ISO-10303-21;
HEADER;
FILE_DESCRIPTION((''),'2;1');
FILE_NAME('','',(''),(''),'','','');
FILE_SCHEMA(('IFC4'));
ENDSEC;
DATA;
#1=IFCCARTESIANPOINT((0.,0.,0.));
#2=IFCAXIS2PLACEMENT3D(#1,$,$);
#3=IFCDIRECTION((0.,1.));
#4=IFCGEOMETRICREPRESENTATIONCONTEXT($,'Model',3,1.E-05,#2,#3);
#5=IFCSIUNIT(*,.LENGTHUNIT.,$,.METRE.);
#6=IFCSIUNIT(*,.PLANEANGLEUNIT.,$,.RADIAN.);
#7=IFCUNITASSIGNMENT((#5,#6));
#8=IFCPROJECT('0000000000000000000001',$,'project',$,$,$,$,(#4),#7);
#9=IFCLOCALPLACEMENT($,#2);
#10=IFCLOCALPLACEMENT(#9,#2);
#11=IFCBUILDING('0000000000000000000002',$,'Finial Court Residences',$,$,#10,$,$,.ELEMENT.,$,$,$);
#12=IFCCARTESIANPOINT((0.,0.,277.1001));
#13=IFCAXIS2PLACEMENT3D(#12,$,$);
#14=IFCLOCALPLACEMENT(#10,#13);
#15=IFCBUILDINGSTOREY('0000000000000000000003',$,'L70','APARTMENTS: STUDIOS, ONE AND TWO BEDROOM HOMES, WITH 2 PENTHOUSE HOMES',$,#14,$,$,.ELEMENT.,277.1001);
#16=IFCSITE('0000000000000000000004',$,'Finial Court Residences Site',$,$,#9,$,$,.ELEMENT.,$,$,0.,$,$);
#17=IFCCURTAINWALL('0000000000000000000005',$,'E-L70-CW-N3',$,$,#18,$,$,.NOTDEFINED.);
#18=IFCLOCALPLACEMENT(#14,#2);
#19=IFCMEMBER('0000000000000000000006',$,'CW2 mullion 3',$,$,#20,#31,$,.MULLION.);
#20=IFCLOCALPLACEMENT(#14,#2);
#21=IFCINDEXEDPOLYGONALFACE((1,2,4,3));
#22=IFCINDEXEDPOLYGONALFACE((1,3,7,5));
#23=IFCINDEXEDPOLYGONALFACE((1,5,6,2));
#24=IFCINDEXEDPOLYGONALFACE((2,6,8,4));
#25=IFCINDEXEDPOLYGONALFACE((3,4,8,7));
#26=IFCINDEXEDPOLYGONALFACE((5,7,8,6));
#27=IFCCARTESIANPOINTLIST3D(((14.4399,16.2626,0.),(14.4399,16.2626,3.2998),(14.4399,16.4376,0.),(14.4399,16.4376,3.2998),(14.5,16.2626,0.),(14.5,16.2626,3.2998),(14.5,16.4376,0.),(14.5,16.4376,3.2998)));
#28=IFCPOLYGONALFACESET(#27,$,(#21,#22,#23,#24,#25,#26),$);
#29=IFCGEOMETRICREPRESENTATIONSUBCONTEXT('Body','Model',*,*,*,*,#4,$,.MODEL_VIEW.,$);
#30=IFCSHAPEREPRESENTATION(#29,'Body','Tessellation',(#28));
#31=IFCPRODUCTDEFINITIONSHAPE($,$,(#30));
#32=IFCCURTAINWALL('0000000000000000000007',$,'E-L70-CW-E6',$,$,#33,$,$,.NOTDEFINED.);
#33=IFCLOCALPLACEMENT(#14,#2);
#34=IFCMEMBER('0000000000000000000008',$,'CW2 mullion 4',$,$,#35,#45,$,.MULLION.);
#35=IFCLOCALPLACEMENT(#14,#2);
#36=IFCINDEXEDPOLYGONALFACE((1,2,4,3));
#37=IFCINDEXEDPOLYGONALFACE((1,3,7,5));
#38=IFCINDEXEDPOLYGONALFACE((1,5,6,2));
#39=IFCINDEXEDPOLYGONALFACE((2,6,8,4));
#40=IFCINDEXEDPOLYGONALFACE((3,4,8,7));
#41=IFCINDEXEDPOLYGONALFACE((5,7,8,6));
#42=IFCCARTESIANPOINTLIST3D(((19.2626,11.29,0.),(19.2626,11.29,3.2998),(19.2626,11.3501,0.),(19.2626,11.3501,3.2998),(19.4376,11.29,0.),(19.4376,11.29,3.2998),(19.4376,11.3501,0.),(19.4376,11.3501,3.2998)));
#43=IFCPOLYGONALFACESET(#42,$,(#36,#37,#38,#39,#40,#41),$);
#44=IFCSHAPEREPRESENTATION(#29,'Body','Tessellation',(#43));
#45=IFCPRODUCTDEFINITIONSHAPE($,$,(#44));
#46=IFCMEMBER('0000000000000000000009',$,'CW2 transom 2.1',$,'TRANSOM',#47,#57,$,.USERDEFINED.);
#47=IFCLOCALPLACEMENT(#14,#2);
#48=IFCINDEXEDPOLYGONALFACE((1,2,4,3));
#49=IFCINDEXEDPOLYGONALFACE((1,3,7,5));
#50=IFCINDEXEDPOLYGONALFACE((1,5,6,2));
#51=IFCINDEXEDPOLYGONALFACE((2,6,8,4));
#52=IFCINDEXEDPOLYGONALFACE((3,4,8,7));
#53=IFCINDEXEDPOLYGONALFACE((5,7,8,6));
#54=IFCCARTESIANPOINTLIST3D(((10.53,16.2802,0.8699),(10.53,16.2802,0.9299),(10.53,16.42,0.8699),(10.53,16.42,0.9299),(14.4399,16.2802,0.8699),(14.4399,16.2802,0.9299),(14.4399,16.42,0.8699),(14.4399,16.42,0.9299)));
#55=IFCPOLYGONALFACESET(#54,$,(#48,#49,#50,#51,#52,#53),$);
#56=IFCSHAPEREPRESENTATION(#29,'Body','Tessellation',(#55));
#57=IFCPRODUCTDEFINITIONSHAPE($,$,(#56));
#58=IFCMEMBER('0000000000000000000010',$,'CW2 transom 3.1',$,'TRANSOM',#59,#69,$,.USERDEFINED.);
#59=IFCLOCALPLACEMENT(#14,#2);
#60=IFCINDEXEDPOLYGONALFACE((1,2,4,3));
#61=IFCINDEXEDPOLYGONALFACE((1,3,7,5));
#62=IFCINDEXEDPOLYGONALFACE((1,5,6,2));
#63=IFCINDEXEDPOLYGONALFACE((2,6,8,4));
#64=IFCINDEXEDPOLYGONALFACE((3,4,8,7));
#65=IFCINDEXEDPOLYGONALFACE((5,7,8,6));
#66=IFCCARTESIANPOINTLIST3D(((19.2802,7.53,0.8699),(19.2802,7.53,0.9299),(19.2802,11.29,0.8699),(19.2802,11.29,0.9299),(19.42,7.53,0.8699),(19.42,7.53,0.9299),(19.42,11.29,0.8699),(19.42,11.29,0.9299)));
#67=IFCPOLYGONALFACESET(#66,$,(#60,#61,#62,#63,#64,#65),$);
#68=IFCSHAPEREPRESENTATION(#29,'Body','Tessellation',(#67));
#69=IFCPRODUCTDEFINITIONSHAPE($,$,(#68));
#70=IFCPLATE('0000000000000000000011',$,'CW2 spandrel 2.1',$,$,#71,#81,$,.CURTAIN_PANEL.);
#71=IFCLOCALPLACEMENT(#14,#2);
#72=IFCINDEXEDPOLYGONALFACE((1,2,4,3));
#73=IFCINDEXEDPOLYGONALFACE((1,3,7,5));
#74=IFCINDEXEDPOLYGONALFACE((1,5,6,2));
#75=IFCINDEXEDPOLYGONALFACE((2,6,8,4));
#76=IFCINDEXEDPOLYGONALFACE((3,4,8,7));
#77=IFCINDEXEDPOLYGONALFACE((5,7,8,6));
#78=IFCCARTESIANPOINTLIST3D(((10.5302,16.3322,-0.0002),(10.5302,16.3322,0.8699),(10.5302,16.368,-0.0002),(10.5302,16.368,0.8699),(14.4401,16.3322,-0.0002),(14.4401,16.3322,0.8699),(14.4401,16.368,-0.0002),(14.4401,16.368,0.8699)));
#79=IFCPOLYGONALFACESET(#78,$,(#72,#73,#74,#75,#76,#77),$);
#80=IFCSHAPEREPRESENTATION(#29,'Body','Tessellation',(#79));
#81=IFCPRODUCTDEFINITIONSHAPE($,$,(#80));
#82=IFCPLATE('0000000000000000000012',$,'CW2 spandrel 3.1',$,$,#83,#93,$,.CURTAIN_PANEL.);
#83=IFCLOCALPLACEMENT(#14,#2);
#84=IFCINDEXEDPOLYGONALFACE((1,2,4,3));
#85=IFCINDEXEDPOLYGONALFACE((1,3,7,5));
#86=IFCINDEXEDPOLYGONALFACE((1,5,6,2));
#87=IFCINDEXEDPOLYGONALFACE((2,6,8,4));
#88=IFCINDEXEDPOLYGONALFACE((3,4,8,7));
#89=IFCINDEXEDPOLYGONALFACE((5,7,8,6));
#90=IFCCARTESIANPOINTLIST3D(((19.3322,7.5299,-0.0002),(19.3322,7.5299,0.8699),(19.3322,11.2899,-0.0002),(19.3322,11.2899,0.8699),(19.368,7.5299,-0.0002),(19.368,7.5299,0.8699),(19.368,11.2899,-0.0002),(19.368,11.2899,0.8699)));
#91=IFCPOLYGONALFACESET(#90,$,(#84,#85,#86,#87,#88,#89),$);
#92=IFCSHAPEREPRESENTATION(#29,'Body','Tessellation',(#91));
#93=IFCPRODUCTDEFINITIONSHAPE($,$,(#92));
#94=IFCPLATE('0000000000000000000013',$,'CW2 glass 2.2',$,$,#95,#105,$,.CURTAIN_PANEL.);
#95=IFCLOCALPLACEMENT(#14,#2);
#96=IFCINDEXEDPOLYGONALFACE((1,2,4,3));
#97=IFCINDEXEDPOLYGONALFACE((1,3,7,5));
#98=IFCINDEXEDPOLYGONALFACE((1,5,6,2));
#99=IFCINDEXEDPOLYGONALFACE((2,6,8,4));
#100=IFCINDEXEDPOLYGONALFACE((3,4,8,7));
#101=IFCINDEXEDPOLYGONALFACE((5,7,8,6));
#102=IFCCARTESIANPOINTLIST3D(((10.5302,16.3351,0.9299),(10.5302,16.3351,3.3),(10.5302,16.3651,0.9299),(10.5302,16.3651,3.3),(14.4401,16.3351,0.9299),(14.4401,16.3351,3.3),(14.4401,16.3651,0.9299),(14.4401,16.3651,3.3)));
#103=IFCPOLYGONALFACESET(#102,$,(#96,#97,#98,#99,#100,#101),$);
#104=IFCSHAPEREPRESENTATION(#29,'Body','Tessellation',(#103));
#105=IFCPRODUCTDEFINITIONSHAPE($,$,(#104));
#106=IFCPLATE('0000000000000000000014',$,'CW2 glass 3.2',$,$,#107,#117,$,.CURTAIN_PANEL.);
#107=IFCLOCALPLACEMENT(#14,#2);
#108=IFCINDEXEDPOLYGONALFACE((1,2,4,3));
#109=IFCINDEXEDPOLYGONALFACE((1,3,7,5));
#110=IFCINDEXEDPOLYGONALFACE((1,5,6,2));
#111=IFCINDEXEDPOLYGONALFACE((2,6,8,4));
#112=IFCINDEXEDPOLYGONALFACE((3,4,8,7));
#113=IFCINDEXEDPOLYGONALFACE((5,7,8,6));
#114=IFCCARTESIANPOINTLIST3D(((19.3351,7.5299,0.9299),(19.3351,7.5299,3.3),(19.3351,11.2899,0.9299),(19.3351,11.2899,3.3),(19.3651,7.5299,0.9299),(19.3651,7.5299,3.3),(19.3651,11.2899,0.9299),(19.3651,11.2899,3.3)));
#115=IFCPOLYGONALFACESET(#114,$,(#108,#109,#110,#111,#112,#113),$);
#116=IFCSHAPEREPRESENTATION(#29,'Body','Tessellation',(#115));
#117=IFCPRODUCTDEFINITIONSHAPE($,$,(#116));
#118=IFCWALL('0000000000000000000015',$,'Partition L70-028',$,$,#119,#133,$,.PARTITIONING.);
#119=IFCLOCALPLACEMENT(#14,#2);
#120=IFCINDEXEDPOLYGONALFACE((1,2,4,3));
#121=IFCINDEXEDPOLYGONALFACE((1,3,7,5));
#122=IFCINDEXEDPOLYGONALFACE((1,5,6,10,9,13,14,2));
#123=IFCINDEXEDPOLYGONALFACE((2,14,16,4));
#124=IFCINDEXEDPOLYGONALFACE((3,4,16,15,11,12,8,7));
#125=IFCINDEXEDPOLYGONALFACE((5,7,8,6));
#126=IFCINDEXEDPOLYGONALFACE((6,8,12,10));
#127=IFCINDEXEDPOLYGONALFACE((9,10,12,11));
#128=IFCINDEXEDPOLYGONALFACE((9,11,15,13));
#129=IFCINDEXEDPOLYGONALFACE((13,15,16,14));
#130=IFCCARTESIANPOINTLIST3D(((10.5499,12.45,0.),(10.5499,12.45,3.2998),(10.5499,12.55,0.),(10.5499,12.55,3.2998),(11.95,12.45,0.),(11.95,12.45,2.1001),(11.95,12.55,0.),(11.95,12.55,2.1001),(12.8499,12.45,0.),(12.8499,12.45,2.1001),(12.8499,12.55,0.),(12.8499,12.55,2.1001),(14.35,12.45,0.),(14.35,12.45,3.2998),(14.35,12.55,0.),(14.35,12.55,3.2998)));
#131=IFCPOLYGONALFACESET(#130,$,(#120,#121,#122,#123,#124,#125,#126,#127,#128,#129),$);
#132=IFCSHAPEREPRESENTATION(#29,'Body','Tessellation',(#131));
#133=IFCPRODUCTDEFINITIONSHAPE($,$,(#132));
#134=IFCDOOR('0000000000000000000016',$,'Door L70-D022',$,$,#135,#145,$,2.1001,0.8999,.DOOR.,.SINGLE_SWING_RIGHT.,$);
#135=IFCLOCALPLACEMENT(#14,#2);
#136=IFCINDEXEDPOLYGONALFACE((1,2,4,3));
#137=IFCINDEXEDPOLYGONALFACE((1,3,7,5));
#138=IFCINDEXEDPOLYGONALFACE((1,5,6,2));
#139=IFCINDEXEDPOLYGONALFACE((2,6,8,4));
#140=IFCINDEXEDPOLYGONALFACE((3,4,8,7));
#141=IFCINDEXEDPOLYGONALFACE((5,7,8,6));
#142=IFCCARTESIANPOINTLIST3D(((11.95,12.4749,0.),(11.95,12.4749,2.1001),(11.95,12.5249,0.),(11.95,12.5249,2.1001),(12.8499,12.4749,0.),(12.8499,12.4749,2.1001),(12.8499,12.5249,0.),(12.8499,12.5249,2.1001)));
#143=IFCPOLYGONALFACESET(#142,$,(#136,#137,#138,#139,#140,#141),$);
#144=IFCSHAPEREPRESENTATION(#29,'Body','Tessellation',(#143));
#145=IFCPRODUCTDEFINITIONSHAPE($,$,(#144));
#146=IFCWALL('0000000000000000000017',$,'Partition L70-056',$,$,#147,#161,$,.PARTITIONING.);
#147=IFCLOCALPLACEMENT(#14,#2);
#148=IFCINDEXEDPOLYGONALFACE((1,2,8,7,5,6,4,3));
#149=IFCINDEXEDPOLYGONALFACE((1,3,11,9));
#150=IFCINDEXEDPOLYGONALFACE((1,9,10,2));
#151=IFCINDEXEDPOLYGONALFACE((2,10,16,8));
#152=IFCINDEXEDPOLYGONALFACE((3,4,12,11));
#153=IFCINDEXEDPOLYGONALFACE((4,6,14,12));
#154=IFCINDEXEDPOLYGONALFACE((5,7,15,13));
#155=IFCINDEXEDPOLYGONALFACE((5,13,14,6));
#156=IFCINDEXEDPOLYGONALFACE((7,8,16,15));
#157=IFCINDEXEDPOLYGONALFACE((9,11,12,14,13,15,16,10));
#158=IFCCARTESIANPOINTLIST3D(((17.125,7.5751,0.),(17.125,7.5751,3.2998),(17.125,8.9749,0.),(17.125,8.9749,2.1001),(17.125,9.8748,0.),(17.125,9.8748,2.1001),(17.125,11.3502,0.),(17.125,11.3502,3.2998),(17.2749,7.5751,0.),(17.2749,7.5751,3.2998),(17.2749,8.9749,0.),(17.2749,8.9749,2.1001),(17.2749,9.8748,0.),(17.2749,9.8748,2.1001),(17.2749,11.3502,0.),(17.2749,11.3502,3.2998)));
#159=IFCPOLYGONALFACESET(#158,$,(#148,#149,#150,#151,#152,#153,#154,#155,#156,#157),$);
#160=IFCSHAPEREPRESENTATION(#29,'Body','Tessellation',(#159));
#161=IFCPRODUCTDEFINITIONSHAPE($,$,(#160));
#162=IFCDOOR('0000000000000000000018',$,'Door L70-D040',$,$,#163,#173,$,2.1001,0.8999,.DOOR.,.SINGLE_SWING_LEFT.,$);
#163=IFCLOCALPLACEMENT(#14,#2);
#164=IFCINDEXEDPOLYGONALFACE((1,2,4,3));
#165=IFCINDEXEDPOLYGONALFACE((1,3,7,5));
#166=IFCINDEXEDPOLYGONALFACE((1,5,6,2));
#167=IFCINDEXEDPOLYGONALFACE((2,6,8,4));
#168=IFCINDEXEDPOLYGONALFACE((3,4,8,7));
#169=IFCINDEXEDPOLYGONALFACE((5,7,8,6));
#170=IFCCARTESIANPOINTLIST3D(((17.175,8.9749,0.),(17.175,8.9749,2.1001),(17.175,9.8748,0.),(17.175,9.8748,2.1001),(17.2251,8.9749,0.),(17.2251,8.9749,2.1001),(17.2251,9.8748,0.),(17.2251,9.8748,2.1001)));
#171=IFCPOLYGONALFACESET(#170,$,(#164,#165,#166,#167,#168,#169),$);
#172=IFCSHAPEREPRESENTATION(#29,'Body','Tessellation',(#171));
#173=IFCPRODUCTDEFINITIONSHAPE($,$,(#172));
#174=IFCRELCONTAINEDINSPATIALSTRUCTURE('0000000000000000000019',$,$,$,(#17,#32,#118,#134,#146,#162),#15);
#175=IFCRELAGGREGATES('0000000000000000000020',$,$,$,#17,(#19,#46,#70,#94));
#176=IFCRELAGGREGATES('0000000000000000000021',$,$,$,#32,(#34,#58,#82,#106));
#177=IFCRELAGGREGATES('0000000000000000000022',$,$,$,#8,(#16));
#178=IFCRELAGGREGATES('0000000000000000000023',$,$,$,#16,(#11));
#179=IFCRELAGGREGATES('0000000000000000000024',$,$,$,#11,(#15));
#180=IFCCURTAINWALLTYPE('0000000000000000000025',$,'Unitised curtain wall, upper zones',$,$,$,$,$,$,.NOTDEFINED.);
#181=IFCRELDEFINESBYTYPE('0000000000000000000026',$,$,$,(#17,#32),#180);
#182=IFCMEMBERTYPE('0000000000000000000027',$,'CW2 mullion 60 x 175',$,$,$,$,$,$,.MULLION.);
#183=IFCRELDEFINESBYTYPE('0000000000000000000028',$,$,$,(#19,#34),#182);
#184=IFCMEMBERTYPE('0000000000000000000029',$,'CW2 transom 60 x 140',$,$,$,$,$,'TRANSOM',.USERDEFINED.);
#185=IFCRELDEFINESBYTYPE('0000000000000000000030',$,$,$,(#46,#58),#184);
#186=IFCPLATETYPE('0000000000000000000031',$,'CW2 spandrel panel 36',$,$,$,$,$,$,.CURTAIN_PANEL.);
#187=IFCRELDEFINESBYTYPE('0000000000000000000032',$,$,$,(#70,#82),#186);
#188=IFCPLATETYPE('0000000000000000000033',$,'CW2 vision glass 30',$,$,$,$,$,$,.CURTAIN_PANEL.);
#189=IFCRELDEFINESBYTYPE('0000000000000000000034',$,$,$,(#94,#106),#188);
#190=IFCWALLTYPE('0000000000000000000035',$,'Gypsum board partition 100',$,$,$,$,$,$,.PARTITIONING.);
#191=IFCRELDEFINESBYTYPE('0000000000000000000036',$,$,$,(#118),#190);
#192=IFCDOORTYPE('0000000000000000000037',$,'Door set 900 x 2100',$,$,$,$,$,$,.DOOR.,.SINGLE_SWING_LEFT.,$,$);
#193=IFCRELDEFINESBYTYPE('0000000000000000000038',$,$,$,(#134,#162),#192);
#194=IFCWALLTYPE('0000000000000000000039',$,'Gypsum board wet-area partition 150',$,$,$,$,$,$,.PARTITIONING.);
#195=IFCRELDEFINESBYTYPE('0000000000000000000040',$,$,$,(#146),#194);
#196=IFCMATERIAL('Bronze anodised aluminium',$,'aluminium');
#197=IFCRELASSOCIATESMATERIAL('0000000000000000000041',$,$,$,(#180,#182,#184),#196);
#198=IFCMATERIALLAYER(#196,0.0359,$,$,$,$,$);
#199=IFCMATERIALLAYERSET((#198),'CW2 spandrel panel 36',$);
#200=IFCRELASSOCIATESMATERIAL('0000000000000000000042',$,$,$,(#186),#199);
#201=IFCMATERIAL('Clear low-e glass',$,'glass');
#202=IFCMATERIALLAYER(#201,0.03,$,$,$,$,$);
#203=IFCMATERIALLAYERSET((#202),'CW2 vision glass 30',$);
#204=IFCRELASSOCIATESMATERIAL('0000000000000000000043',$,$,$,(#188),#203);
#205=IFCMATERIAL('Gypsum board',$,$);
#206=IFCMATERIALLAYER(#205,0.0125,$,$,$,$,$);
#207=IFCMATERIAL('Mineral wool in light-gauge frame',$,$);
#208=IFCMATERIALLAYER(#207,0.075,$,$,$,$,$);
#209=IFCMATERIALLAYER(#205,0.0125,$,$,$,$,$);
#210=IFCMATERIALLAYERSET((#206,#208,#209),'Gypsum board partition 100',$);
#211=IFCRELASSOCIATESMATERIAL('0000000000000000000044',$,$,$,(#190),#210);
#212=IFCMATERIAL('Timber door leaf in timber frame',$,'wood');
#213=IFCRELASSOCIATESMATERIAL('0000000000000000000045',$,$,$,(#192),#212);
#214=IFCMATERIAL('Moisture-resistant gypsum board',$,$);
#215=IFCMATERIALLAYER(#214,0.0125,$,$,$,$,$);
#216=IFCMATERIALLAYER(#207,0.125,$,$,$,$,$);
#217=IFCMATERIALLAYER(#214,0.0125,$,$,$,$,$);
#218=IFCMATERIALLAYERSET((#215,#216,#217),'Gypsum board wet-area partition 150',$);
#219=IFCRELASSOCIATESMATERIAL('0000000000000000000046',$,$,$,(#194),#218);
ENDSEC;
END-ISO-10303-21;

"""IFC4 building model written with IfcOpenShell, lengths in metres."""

from ifc_helpers import new_model, si_unit, direction, frame, frame_2d, origin, origin_2d, place, context, subcontext, project, spatial, rectangle, extrude, material, layer, layer_set, material_profile, profile_set, type_object, element, fill, aggregate, save


model = new_model("IFC4")

# Units and contexts
model_context = context("Model", 3, precision=1e-05, world=origin(), true_north=direction((0.0, 1.0)))
body_context = subcontext(model_context, "Body", "Model", "MODEL_VIEW")
ifc_project = project(units=[si_unit("LENGTHUNIT", "METRE"), si_unit("PLANEANGLEUNIT", "RADIAN")], contexts=[model_context])

# Site, building, storey
site_placement = place(None, origin())
site = spatial("IfcSite", under=ifc_project, at=site_placement, Name="Finial Court Residences Site", CompositionType="ELEMENT", RefElevation=0.0)
building_placement = place(site_placement, origin())
building = spatial("IfcBuilding", under=site, at=building_placement, Name="Finial Court Residences", CompositionType="ELEMENT")
storey_placement = place(building_placement, frame((0.0, 0.0, 277.1001)))
storey = spatial("IfcBuildingStorey", under=building, at=storey_placement, Name="L70", Description="APARTMENTS: STUDIOS, ONE AND TWO BEDROOM HOMES, WITH 2 PENTHOUSE HOMES", CompositionType="ELEMENT", Elevation=277.1001)

# Curtain walls, members
ifc_material_1 = material(Name="Bronze anodised aluminium", Category="aluminium")
curtain_wall_type = type_object("IfcCurtainWallType", Name="Unitised curtain wall, upper zones", PredefinedType="NOTDEFINED", material=ifc_material_1)
curtain_wall_1_placement = place(storey_placement, origin())
curtain_wall_1 = element("IfcCurtainWall", 1, at=curtain_wall_1_placement, inside=storey, type_object=curtain_wall_type, Name="E-L70-CW-N3", PredefinedType="NOTDEFINED")
ifc_material_profile_1 = material_profile(ifc_material_1, rectangle(XDim=0.175, YDim=0.0601, at=origin_2d()), Name="CW2 mullion 60 x 175")
ifc_profile_set_1 = profile_set([ifc_material_profile_1], Name="Bronze anodised aluminium")
member_type_1 = type_object("IfcMemberType", Name="CW2 mullion 60 x 175", PredefinedType="MULLION", material=ifc_profile_set_1)
member_1_placement = place(storey_placement, frame((14.47, 16.3501, 0.0), z_axis=(0.0, 0.0, 1.0), x_axis=(0.0, 1.0, 0.0)))
member_1 = element("IfcMember", 2, at=member_1_placement, type_object=member_type_1, Name="CW2 mullion 3", PredefinedType="MULLION", context=body_context, shape_type="SweptSolid", body=[
    extrude(rectangle(XDim=0.175, YDim=0.0601, at=origin_2d()), origin(), (0.0, 0.0, 1.0), 3.2998),
])
curtain_wall_2_placement = place(storey_placement, origin())
curtain_wall_2 = element("IfcCurtainWall", 3, at=curtain_wall_2_placement, inside=storey, type_object=curtain_wall_type, Name="E-L70-CW-E6", PredefinedType="NOTDEFINED")
member_2_placement = place(storey_placement, frame((19.3501, 11.3201, 0.0), z_axis=(0.0, 0.0, 1.0), x_axis=(-1.0, 0.0, 0.0)))
member_2 = element("IfcMember", 4, at=member_2_placement, type_object=member_type_1, Name="CW2 mullion 4", PredefinedType="MULLION", context=body_context, shape_type="SweptSolid", body=[
    extrude(rectangle(XDim=0.175, YDim=0.0601, at=origin_2d()), origin(), (0.0, 0.0, 1.0), 3.2998),
])

# Members
ifc_material_profile_2 = material_profile(ifc_material_1, rectangle(XDim=0.1399, YDim=0.0601, at=origin_2d()), Name="CW2 transom 60 x 140")
ifc_profile_set_2 = profile_set([ifc_material_profile_2], Name="Bronze anodised aluminium")
member_type_2 = type_object("IfcMemberType", Name="CW2 transom 60 x 140", ElementType="TRANSOM", PredefinedType="USERDEFINED", material=ifc_profile_set_2)
member_3_placement = place(storey_placement, frame((10.53, 16.3501, 0.8999), z_axis=(1.0, 0.0, 0.0), x_axis=(0.0, 1.0, 0.0)))
member_3 = element("IfcMember", 5, at=member_3_placement, type_object=member_type_2, Name="CW2 transom 2.1", ObjectType="TRANSOM", PredefinedType="USERDEFINED", context=body_context, shape_type="SweptSolid", body=[
    extrude(rectangle(XDim=0.1399, YDim=0.0601, at=origin_2d()), origin(), (0.0, 0.0, 1.0), 3.9099),
])
member_4_placement = place(storey_placement, frame((19.3501, 7.53, 0.8999), z_axis=(0.0, 1.0, 0.0), x_axis=(-1.0, 0.0, 0.0)))
member_4 = element("IfcMember", 6, at=member_4_placement, type_object=member_type_2, Name="CW2 transom 3.1", ObjectType="TRANSOM", PredefinedType="USERDEFINED", context=body_context, shape_type="SweptSolid", body=[
    extrude(rectangle(XDim=0.1399, YDim=0.0601, at=origin_2d()), origin(), (0.0, 0.0, 1.0), 3.76),
])

# Plates
ifc_layer_1 = layer(ifc_material_1, 0.0359)
ifc_layer_set_1 = layer_set([ifc_layer_1], Name="CW2 spandrel panel 36")
plate_type_1 = type_object("IfcPlateType", Name="CW2 spandrel panel 36", PredefinedType="CURTAIN_PANEL", material=ifc_layer_set_1)
plate_1_placement = place(storey_placement, frame((12.4851, 16.3501, -0.0002), z_axis=(0.0, 0.0, 1.0), x_axis=(1.0, 0.0, 0.0)))
plate_1 = element("IfcPlate", 7, at=plate_1_placement, type_object=plate_type_1, Name="CW2 spandrel 2.1", PredefinedType="CURTAIN_PANEL", context=body_context, shape_type="SweptSolid", body=[
    extrude(rectangle(XDim=3.9099, YDim=0.0359, at=origin_2d()), origin(), (0.0, 0.0, 1.0), 0.8701),
])
plate_2_placement = place(storey_placement, frame((19.3501, 9.4099, -0.0002), z_axis=(0.0, 0.0, 1.0), x_axis=(0.0, 1.0, 0.0)))
plate_2 = element("IfcPlate", 8, at=plate_2_placement, type_object=plate_type_1, Name="CW2 spandrel 3.1", PredefinedType="CURTAIN_PANEL", context=body_context, shape_type="SweptSolid", body=[
    extrude(rectangle(XDim=3.76, YDim=0.0359, at=origin_2d()), origin(), (0.0, 0.0, 1.0), 0.8701),
])
ifc_material_2 = material(Name="Clear low-e glass", Category="glass")
ifc_layer_2 = layer(ifc_material_2, 0.03)
ifc_layer_set_2 = layer_set([ifc_layer_2], Name="CW2 vision glass 30")
plate_type_2 = type_object("IfcPlateType", Name="CW2 vision glass 30", PredefinedType="CURTAIN_PANEL", material=ifc_layer_set_2)
plate_3_placement = place(storey_placement, frame((12.4851, 16.3501, 0.9299), z_axis=(0.0, 0.0, 1.0), x_axis=(1.0, 0.0, 0.0)))
plate_3 = element("IfcPlate", 9, at=plate_3_placement, type_object=plate_type_2, Name="CW2 glass 2.2", PredefinedType="CURTAIN_PANEL", context=body_context, shape_type="SweptSolid", body=[
    extrude(rectangle(XDim=3.9099, YDim=0.03, at=origin_2d()), origin(), (0.0, 0.0, 1.0), 2.3701),
])
aggregate(curtain_wall_1, [member_1, member_3, plate_1, plate_3])
plate_4_placement = place(storey_placement, frame((19.3501, 9.4099, 0.9299), z_axis=(0.0, 0.0, 1.0), x_axis=(0.0, 1.0, 0.0)))
plate_4 = element("IfcPlate", 10, at=plate_4_placement, type_object=plate_type_2, Name="CW2 glass 3.2", PredefinedType="CURTAIN_PANEL", context=body_context, shape_type="SweptSolid", body=[
    extrude(rectangle(XDim=3.76, YDim=0.03, at=origin_2d()), origin(), (0.0, 0.0, 1.0), 2.3701),
])
aggregate(curtain_wall_2, [member_2, member_4, plate_2, plate_4])

# Walls, openings, doors
ifc_material_3 = material(Name="Gypsum board")
ifc_layer_3 = layer(ifc_material_3, 0.0125)
ifc_material_4 = material(Name="Mineral wool in light-gauge frame")
ifc_layer_4 = layer(ifc_material_4, 0.075)
ifc_layer_5 = layer(ifc_material_3, 0.0125)
ifc_layer_set_3 = layer_set([ifc_layer_3, ifc_layer_4, ifc_layer_5], Name="Gypsum board partition 100")
wall_type_1 = type_object("IfcWallType", Name="Gypsum board partition 100", PredefinedType="PARTITIONING", material=ifc_layer_set_3)
wall_1_placement = place(storey_placement, frame((10.55, 12.5, 0.0), z_axis=(0.0, 0.0, 1.0), x_axis=(1.0, 0.0, 0.0)))
wall_1 = element("IfcWall", 11, at=wall_1_placement, inside=storey, type_object=wall_type_1, Name="Partition L70-028", PredefinedType="PARTITIONING", context=body_context, shape_type="SweptSolid", body=[
    extrude(rectangle(XDim=3.8, YDim=0.1001, at=frame_2d((1.8999, 0.0))), origin(), (0.0, 0.0, 1.0), 3.2998),
])
opening_1_placement = place(wall_1_placement, frame((1.3999, 0.0, 0.0)))
opening_1 = element("IfcOpeningElement", 12, at=opening_1_placement, cuts=wall_1, PredefinedType="OPENING", context=body_context, shape_type="SweptSolid", body=[
    extrude(rectangle(XDim=0.8999, YDim=2.1001, at=frame_2d((0.45, 1.05))), frame((0.0, 0.0601, 0.0), z_axis=(0.0, -1.0, 0.0), x_axis=(1.0, 0.0, 0.0)), (0.0, 0.0, 1.0), 0.1201),
])
ifc_material_5 = material(Name="Timber door leaf in timber frame", Category="wood")
door_type = type_object("IfcDoorType", Name="Door set 900 x 2100", OperationType="SINGLE_SWING_LEFT", PredefinedType="DOOR", material=ifc_material_5)
door_1_placement = place(opening_1_placement, origin())
door_1 = element("IfcDoor", 13, at=door_1_placement, inside=storey, type_object=door_type, Name="Door L70-D022", OperationType="SINGLE_SWING_RIGHT", OverallHeight=2.1001, OverallWidth=0.8999, PredefinedType="DOOR", context=body_context, shape_type="SweptSolid", body=[
    extrude(rectangle(XDim=0.8999, YDim=2.1001, at=frame_2d((0.45, 1.05))), frame((0.0, 0.0249, 0.0), z_axis=(0.0, -1.0, 0.0), x_axis=(1.0, 0.0, 0.0)), (0.0, 0.0, 1.0), 0.05),
])
fill(opening_1, door_1)
ifc_material_6 = material(Name="Moisture-resistant gypsum board")
ifc_layer_6 = layer(ifc_material_6, 0.0125)
ifc_layer_7 = layer(ifc_material_4, 0.125)
ifc_layer_8 = layer(ifc_material_6, 0.0125)
ifc_layer_set_4 = layer_set([ifc_layer_6, ifc_layer_7, ifc_layer_8], Name="Gypsum board wet-area partition 150")
wall_type_2 = type_object("IfcWallType", Name="Gypsum board wet-area partition 150", PredefinedType="PARTITIONING", material=ifc_layer_set_4)
wall_2_placement = place(storey_placement, frame((17.2, 7.575, 0.0), z_axis=(0.0, 0.0, 1.0), x_axis=(0.0, 1.0, 0.0)))
wall_2 = element("IfcWall", 14, at=wall_2_placement, inside=storey, type_object=wall_type_2, Name="Partition L70-056", PredefinedType="PARTITIONING", context=body_context, shape_type="SweptSolid", body=[
    extrude(rectangle(XDim=3.7751, YDim=0.1499, at=frame_2d((1.8877, 0.0))), origin(), (0.0, 0.0, 1.0), 3.2998),
])
opening_2_placement = place(wall_2_placement, frame((1.3999, 0.0, 0.0)))
opening_2 = element("IfcOpeningElement", 15, at=opening_2_placement, cuts=wall_2, PredefinedType="OPENING", context=body_context, shape_type="SweptSolid", body=[
    extrude(rectangle(XDim=0.8999, YDim=2.1001, at=frame_2d((0.45, 1.05))), frame((0.0, 0.085, 0.0), z_axis=(0.0, -1.0, 0.0), x_axis=(1.0, 0.0, 0.0)), (0.0, 0.0, 1.0), 0.1699),
])
door_2_placement = place(opening_2_placement, origin())
door_2 = element("IfcDoor", 16, at=door_2_placement, inside=storey, type_object=door_type, Name="Door L70-D040", OperationType="SINGLE_SWING_LEFT", OverallHeight=2.1001, OverallWidth=0.8999, PredefinedType="DOOR", context=body_context, shape_type="SweptSolid", body=[
    extrude(rectangle(XDim=0.8999, YDim=2.1001, at=frame_2d((0.45, 1.05))), frame((0.0, 0.0249, 0.0), z_axis=(0.0, -1.0, 0.0), x_axis=(1.0, 0.0, 0.0)), (0.0, 0.0, 1.0), 0.05),
])
fill(opening_2, door_2)

save(model, "model.ifc")
